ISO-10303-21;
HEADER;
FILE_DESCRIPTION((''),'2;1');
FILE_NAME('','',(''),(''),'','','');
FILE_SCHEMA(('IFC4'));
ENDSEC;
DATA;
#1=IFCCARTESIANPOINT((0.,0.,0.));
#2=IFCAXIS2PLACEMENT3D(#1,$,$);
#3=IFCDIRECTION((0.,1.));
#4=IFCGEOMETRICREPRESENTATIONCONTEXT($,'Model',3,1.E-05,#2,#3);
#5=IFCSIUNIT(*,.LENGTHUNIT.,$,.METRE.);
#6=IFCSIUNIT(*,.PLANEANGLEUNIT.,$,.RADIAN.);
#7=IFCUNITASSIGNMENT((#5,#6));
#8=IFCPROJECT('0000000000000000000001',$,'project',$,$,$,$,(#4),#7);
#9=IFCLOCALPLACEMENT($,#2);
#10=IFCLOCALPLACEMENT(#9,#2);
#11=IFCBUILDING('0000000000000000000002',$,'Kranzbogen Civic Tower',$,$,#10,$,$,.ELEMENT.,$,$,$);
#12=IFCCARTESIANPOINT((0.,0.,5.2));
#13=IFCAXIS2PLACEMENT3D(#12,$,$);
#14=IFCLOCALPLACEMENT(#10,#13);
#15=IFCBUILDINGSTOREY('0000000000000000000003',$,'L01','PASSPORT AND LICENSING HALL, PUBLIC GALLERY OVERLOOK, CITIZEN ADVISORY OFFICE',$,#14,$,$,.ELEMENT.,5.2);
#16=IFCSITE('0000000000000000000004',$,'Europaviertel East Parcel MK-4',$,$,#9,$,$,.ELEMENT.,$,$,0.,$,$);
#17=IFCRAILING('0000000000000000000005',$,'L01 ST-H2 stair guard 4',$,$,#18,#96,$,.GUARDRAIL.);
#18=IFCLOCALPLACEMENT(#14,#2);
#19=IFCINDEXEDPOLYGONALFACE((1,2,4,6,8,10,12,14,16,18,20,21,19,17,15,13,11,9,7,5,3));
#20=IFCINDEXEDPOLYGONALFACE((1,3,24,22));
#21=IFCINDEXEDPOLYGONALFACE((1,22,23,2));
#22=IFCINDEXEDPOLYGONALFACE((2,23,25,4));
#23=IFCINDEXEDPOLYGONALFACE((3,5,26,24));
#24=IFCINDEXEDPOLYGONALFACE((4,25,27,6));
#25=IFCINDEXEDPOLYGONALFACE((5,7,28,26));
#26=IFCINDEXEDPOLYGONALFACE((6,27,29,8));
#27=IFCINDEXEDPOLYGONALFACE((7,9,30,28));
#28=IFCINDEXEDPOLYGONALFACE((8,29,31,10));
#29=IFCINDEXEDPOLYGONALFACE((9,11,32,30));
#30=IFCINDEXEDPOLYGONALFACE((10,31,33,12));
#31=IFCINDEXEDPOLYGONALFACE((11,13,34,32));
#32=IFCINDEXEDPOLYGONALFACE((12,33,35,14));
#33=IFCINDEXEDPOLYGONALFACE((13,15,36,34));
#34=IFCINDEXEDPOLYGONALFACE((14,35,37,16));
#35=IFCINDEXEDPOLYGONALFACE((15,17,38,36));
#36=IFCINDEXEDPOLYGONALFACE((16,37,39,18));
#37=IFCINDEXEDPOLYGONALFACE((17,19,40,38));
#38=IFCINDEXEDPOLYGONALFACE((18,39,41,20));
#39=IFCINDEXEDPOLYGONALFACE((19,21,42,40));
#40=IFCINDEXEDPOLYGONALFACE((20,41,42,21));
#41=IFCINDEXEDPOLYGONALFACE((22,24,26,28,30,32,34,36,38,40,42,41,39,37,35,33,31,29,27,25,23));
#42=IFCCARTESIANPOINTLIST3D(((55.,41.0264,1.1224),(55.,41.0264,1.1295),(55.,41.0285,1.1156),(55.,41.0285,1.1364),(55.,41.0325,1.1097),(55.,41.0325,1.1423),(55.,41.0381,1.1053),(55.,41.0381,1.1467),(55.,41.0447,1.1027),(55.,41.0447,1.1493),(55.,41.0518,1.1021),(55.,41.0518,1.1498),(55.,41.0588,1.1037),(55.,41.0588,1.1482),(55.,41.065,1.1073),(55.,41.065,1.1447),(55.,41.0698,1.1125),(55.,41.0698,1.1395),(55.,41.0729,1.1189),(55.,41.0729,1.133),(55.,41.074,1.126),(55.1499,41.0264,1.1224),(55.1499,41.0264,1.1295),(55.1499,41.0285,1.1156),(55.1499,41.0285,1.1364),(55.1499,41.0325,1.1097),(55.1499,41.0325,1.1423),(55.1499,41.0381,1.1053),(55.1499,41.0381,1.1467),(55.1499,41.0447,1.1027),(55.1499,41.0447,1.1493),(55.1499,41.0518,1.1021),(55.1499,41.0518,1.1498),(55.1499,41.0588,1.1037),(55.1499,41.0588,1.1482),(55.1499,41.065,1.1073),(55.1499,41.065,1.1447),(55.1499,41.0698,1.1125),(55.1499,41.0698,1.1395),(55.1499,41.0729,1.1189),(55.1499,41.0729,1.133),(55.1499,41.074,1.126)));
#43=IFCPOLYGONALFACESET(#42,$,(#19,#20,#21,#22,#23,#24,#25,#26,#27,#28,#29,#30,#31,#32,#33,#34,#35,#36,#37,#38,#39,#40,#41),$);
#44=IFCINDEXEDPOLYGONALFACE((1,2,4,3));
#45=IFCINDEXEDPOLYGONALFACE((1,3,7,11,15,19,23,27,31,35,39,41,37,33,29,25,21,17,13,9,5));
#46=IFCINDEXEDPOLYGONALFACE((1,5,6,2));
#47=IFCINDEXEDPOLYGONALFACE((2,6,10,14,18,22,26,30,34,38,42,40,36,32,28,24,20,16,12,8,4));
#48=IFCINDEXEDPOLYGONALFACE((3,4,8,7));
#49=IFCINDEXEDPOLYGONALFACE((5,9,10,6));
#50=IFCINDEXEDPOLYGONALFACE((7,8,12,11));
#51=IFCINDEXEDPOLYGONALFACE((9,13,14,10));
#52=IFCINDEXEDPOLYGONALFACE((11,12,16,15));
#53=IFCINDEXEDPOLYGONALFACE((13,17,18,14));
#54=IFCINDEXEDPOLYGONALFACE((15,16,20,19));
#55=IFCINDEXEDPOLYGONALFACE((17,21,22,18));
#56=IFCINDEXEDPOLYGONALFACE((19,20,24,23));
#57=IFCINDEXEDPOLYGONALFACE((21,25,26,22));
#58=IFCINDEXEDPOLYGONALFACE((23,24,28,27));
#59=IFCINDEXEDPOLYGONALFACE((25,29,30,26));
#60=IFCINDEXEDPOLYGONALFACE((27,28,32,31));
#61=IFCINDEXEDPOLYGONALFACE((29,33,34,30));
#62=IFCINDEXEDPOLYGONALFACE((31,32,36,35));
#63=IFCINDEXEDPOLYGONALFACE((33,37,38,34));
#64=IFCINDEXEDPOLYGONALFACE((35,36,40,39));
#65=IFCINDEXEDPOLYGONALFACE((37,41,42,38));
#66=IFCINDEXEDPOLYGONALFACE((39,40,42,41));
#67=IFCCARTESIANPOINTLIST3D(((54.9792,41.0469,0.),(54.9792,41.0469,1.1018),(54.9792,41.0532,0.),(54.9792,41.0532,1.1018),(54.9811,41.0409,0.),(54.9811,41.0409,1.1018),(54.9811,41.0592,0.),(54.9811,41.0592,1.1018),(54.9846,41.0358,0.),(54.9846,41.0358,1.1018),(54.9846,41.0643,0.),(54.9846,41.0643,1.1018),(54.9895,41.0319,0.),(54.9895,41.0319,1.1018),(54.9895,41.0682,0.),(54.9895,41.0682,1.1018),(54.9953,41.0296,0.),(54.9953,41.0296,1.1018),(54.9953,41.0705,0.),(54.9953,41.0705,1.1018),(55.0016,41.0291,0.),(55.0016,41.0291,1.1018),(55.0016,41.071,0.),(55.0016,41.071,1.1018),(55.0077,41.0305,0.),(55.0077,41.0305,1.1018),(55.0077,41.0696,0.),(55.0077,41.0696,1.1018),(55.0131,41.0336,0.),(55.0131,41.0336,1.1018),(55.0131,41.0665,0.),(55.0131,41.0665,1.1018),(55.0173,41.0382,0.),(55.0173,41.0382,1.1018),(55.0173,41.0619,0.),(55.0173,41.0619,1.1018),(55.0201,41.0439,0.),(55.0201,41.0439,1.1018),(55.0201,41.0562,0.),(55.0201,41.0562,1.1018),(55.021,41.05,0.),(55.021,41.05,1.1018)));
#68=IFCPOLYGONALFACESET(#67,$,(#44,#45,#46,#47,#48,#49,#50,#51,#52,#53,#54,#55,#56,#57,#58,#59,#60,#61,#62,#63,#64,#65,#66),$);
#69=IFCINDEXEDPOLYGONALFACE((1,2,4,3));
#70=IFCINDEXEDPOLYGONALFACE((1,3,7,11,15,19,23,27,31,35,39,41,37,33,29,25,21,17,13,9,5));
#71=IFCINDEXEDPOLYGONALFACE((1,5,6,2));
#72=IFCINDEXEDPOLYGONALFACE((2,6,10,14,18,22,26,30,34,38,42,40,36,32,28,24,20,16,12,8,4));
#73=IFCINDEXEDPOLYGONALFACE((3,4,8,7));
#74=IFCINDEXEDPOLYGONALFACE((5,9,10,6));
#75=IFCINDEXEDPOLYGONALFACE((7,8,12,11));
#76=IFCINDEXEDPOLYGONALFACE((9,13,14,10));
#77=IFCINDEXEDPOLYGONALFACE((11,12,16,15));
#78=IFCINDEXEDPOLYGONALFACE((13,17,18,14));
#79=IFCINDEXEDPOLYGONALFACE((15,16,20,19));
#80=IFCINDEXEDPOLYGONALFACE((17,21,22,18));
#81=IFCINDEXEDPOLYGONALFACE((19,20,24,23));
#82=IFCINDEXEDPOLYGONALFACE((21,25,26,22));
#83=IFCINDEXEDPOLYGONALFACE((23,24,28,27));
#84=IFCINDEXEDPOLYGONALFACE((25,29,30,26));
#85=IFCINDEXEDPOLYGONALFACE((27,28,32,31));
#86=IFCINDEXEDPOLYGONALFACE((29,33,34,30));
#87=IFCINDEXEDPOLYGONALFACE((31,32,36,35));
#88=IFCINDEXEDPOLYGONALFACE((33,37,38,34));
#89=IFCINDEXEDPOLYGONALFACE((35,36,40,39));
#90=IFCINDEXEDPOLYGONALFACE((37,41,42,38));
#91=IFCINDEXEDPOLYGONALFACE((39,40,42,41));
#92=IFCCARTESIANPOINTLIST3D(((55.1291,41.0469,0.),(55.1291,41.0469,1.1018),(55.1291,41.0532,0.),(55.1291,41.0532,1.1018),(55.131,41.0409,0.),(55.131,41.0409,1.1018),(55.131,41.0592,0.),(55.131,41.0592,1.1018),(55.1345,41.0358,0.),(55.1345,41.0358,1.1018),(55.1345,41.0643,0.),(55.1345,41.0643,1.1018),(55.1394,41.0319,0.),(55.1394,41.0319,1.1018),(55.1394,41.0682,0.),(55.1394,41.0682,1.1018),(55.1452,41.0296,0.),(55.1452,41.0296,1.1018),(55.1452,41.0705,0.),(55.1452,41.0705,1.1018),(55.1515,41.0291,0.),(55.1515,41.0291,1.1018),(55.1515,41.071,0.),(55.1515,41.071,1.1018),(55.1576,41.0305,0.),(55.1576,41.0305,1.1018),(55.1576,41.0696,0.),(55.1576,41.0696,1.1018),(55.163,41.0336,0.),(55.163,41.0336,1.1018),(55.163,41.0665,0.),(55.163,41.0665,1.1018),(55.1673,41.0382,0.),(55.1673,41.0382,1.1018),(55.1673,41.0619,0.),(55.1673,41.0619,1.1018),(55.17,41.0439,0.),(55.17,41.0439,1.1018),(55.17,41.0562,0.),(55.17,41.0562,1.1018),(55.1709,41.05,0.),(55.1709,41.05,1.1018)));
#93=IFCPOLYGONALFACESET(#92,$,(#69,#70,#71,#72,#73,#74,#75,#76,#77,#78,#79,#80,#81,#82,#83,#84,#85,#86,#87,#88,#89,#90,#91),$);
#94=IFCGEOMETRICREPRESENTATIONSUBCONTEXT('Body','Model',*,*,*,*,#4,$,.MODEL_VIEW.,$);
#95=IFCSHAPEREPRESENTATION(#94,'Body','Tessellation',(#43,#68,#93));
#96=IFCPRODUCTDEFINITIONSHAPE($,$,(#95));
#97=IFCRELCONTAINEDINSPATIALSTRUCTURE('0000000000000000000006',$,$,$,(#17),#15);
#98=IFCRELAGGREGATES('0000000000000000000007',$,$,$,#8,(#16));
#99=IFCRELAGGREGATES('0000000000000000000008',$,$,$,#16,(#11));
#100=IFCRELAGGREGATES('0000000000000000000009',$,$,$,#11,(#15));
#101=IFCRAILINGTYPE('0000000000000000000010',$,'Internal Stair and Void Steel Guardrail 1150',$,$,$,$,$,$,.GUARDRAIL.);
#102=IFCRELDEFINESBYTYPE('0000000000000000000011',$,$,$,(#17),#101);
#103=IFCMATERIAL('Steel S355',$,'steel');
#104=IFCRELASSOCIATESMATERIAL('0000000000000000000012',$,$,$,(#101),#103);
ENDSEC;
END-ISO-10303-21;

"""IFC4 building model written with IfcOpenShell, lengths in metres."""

from ifc_helpers import new_model, si_unit, direction, frame, origin, origin_2d, place, context, subcontext, project, spatial, circle, extrude, material, type_object, element, save


model = new_model("IFC4")

# Units and contexts
model_context = context("Model", 3, precision=1e-05, world=origin(), true_north=direction((0.0, 1.0)))
body_context = subcontext(model_context, "Body", "Model", "MODEL_VIEW")
ifc_project = project(units=[si_unit("LENGTHUNIT", "METRE"), si_unit("PLANEANGLEUNIT", "RADIAN")], contexts=[model_context])

# Site, building, storey
site_placement = place(None, origin())
site = spatial("IfcSite", under=ifc_project, at=site_placement, Name="Europaviertel East Parcel MK-4", CompositionType="ELEMENT", RefElevation=0.0)
building_placement = place(site_placement, origin())
building = spatial("IfcBuilding", under=site, at=building_placement, Name="Kranzbogen Civic Tower", CompositionType="ELEMENT")
storey_placement = place(building_placement, frame((0.0, 0.0, 5.2)))
storey = spatial("IfcBuildingStorey", under=building, at=storey_placement, Name="L01", Description="PASSPORT AND LICENSING HALL, PUBLIC GALLERY OVERLOOK, CITIZEN ADVISORY OFFICE", CompositionType="ELEMENT", Elevation=5.2)

# Shared definitions
ifc_material_1 = material(Name="Steel S355", Category="steel")

# Railing
railing_type_1 = type_object("IfcRailingType", Name="Internal Stair and Void Steel Guardrail 1150", PredefinedType="GUARDRAIL", material=ifc_material_1)
railing_1_placement = place(storey_placement, frame((55.0, 41.05, 0.0)))
element("IfcRailing", 1, at=railing_1_placement, inside=storey, type_object=railing_type_1, Name="L01 ST-H2 stair guard 4", PredefinedType="GUARDRAIL", context=body_context, shape_type="SweptSolid", body=[
    extrude(circle(Radius=0.0239, at=origin_2d()), frame((0.0, 0.0, 1.126), z_axis=(1.0, 0.0, 0.0), x_axis=(0.0, 1.0, 0.0)), (0.0, 0.0, 1.0), 0.1499),
    extrude(circle(Radius=0.021, at=origin_2d()), origin(), (0.0, 0.0, 1.0), 1.1018),
    extrude(circle(Radius=0.021, at=origin_2d()), frame((0.1499, 0.0, 0.0)), (0.0, 0.0, 1.0), 1.1018),
])

save(model, "model.ifc")
